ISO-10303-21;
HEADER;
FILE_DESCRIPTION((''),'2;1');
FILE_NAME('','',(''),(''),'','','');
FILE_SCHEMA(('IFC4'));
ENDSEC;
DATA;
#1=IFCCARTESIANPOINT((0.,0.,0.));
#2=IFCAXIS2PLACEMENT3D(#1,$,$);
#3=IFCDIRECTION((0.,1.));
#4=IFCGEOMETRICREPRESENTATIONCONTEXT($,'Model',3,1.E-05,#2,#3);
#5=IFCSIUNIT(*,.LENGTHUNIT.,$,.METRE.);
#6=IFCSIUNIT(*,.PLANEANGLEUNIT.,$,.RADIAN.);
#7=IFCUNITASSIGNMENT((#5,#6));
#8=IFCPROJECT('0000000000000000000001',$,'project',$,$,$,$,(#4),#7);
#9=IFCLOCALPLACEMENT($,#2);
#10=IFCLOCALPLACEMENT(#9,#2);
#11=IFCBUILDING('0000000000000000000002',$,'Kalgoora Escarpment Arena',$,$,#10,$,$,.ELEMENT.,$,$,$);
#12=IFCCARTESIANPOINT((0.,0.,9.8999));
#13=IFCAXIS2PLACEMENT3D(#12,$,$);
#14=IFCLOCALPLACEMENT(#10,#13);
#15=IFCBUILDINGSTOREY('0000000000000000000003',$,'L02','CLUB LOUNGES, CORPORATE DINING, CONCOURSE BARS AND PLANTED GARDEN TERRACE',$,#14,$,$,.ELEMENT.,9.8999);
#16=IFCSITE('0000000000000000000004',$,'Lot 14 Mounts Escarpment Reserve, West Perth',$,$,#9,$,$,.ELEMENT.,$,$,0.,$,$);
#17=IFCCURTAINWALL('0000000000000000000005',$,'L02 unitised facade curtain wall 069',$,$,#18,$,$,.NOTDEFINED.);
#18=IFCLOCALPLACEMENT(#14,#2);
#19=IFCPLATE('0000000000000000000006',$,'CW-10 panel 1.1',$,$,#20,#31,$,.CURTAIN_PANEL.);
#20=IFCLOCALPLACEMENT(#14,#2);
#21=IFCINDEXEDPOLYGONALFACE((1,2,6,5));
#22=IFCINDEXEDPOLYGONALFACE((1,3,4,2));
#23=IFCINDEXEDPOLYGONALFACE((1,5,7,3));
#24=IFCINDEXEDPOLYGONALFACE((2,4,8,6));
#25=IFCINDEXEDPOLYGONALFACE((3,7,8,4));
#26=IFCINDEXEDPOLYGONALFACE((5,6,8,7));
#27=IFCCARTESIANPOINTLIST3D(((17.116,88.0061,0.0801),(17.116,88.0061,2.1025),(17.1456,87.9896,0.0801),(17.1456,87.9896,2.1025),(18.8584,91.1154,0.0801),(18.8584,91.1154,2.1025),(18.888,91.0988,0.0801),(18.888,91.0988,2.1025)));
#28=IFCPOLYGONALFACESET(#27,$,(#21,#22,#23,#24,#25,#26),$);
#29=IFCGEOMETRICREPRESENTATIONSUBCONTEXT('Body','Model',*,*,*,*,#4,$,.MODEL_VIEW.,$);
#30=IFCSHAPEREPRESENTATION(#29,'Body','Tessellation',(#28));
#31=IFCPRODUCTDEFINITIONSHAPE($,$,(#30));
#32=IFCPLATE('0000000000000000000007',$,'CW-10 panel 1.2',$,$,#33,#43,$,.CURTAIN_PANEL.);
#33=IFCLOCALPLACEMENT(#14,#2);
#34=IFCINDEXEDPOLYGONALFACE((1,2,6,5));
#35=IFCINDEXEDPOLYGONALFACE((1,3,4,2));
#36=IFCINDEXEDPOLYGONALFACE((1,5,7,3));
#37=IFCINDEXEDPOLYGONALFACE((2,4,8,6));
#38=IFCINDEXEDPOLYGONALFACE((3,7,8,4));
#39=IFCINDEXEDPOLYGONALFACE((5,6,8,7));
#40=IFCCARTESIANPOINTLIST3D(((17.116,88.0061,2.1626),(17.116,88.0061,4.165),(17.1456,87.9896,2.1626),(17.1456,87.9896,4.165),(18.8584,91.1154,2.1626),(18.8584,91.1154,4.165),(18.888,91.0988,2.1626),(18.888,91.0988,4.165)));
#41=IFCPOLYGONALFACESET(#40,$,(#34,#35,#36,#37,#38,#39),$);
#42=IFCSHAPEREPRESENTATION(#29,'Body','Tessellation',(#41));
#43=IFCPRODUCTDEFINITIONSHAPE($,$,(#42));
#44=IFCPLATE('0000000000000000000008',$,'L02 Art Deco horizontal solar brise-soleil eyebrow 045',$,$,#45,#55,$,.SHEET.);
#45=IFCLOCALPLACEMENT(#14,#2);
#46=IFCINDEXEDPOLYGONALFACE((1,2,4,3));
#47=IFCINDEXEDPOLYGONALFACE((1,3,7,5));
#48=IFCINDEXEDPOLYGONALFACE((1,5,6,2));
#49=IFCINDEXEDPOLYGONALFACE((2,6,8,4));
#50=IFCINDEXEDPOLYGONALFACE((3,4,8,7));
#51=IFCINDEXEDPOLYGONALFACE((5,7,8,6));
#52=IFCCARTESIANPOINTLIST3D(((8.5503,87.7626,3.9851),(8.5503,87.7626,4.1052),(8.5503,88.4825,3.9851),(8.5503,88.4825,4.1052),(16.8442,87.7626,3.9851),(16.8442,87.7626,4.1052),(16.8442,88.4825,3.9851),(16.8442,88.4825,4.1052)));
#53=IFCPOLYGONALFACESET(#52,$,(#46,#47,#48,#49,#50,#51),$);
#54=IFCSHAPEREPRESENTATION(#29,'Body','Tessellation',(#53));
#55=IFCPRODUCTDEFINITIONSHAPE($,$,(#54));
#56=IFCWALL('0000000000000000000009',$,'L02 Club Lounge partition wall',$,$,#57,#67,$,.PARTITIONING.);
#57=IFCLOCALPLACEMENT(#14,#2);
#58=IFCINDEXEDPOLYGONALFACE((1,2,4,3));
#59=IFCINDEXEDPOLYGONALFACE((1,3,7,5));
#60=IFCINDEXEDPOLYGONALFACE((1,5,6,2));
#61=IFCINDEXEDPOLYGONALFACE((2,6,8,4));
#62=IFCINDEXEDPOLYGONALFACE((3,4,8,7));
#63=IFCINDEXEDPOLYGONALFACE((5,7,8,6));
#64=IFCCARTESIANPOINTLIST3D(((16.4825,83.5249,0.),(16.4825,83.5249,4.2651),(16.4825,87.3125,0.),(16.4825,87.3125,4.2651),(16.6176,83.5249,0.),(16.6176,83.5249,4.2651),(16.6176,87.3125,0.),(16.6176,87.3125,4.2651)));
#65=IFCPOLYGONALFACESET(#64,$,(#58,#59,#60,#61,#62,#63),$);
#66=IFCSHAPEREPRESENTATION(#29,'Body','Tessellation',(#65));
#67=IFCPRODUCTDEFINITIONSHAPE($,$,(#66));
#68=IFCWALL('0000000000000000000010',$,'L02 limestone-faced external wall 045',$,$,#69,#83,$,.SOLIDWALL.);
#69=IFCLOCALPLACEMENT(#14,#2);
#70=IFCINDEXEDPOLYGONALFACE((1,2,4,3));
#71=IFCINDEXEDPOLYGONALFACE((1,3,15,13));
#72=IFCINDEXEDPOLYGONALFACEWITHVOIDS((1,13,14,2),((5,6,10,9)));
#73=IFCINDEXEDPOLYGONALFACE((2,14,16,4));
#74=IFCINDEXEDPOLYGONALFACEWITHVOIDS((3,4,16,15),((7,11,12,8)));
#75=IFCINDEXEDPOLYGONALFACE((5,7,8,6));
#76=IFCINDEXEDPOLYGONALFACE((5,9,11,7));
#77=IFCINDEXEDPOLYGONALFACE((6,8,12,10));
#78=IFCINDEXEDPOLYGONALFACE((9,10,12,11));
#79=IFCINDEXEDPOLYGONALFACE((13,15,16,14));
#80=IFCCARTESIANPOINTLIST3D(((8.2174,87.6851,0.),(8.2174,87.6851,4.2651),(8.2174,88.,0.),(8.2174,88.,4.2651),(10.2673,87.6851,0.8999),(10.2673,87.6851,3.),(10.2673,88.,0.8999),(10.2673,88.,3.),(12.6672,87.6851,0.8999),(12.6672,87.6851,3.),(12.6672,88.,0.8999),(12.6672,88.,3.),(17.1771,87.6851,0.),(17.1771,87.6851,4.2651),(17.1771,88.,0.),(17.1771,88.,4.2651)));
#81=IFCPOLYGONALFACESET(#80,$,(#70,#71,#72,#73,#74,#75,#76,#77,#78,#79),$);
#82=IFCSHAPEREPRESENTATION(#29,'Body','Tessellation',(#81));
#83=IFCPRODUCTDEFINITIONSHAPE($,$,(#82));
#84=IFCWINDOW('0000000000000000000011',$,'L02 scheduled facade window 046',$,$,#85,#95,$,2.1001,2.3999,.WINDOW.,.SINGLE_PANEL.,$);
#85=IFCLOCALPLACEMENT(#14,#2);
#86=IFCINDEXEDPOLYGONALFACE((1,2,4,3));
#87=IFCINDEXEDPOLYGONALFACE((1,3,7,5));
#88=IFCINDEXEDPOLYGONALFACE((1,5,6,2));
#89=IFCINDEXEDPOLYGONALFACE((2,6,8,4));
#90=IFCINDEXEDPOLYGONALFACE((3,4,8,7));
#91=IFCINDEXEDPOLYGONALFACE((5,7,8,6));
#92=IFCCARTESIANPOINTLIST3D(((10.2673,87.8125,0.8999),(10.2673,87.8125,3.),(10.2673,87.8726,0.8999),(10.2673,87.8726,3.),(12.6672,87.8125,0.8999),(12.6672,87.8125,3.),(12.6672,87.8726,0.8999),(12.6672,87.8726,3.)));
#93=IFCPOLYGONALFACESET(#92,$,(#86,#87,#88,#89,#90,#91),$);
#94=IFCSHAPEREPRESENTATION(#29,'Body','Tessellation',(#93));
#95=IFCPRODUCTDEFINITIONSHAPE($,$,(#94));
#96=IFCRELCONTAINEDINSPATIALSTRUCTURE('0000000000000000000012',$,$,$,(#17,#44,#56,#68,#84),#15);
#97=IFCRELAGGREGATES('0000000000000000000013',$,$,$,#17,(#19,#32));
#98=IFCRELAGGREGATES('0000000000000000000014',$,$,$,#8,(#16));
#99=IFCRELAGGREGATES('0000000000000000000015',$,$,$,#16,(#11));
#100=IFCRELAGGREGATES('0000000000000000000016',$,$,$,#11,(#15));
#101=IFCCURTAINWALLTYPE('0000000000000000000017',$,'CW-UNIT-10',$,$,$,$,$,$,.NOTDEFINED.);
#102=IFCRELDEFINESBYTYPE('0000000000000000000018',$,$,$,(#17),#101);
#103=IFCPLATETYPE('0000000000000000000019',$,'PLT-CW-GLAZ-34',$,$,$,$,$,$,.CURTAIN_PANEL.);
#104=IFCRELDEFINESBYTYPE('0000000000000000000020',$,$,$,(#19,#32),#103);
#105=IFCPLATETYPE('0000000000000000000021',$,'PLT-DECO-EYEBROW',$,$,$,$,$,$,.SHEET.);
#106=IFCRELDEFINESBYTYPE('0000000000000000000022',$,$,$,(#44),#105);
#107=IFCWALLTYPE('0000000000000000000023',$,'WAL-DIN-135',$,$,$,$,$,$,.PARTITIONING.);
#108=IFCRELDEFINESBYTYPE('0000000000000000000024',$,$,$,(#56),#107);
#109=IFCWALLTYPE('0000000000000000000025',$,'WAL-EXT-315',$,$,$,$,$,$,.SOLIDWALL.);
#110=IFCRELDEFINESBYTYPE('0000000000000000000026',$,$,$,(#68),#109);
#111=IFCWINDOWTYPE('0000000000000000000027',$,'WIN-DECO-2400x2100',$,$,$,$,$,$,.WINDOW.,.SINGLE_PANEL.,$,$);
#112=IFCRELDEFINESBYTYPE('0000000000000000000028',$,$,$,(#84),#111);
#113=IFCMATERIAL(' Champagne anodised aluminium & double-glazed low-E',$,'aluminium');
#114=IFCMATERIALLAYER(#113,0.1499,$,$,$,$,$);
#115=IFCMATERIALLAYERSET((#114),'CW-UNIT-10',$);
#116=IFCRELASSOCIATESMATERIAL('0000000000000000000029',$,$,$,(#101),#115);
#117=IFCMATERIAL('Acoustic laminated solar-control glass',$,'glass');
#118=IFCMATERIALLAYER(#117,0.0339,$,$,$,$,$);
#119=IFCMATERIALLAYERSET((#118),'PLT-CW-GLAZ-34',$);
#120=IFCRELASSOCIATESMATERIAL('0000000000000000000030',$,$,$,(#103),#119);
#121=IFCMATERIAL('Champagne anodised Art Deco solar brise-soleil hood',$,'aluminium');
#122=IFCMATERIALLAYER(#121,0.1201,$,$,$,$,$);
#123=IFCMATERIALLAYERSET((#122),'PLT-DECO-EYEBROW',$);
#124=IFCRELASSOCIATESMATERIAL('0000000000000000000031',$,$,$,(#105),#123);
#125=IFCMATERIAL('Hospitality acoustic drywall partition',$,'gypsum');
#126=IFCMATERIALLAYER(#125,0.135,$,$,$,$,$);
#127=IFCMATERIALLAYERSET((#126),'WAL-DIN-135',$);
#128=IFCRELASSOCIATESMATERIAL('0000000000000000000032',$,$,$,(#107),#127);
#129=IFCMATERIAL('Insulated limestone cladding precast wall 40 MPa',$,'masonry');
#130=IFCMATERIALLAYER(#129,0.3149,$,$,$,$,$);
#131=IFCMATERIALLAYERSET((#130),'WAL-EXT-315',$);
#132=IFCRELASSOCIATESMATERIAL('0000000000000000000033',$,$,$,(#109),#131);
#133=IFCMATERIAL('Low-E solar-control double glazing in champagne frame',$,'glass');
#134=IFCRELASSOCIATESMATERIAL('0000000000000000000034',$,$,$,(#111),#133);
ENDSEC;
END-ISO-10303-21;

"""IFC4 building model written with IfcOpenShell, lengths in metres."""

from ifc_helpers import new_model, si_unit, direction, frame, frame_2d, origin, origin_2d, place, context, subcontext, project, spatial, rectangle, extrude, material, layer, layer_set, type_object, element, fill, aggregate, save


model = new_model("IFC4")

# Units and contexts
model_context = context("Model", 3, precision=1e-05, world=origin(), true_north=direction((0.0, 1.0)))
body_context = subcontext(model_context, "Body", "Model", "MODEL_VIEW")
ifc_project = project(units=[si_unit("LENGTHUNIT", "METRE"), si_unit("PLANEANGLEUNIT", "RADIAN")], contexts=[model_context])

# Site, building, storey
site_placement = place(None, origin())
site = spatial("IfcSite", under=ifc_project, at=site_placement, Name="Lot 14 Mounts Escarpment Reserve, West Perth", CompositionType="ELEMENT", RefElevation=0.0)
building_placement = place(site_placement, origin())
building = spatial("IfcBuilding", under=site, at=building_placement, Name="Kalgoora Escarpment Arena", CompositionType="ELEMENT")
storey_placement = place(building_placement, frame((0.0, 0.0, 9.8999)))
storey = spatial("IfcBuildingStorey", under=building, at=storey_placement, Name="L02", Description="CLUB LOUNGES, CORPORATE DINING, CONCOURSE BARS AND PLANTED GARDEN TERRACE", CompositionType="ELEMENT", Elevation=9.8999)

# Curtain wall
ifc_material_1 = material(Name=" Champagne anodised aluminium & double-glazed low-E", Category="aluminium")
ifc_layer_1 = layer(ifc_material_1, 0.1499)
ifc_layer_set_1 = layer_set([ifc_layer_1], Name="CW-UNIT-10")
curtain_wall_type_1 = type_object("IfcCurtainWallType", Name="CW-UNIT-10", PredefinedType="NOTDEFINED", material=ifc_layer_set_1)
curtain_wall_1_placement = place(storey_placement, origin())
curtain_wall_1 = element("IfcCurtainWall", 1, at=curtain_wall_1_placement, inside=storey, type_object=curtain_wall_type_1, Name="L02 unitised facade curtain wall 069", PredefinedType="NOTDEFINED")

# Plates
ifc_material_2 = material(Name="Acoustic laminated solar-control glass", Category="glass")
ifc_layer_2 = layer(ifc_material_2, 0.0339)
ifc_layer_set_2 = layer_set([ifc_layer_2], Name="PLT-CW-GLAZ-34")
plate_type_1 = type_object("IfcPlateType", Name="PLT-CW-GLAZ-34", PredefinedType="CURTAIN_PANEL", material=ifc_layer_set_2)
plate_1_placement = place(storey_placement, frame((18.002, 89.5525, 0.0801), z_axis=(0.0, 0.0, 1.0), x_axis=(0.48886, 0.872362, 0.0)))
plate_1 = element("IfcPlate", 2, at=plate_1_placement, type_object=plate_type_1, Name="CW-10 panel 1.1", PredefinedType="CURTAIN_PANEL", context=body_context, shape_type="SweptSolid", body=[
    extrude(rectangle(XDim=3.5642, YDim=0.0339, at=origin_2d()), origin(), (0.0, 0.0, 1.0), 2.0225),
])
plate_2_placement = place(storey_placement, frame((18.002, 89.5525, 2.1626), z_axis=(0.0, 0.0, 1.0), x_axis=(0.48886, 0.872362, 0.0)))
plate_2 = element("IfcPlate", 3, at=plate_2_placement, type_object=plate_type_1, Name="CW-10 panel 1.2", PredefinedType="CURTAIN_PANEL", context=body_context, shape_type="SweptSolid", body=[
    extrude(rectangle(XDim=3.5642, YDim=0.0339, at=origin_2d()), origin(), (0.0, 0.0, 1.0), 2.0024),
])
aggregate(curtain_wall_1, [plate_1, plate_2])
ifc_material_3 = material(Name="Champagne anodised Art Deco solar brise-soleil hood", Category="aluminium")
ifc_layer_3 = layer(ifc_material_3, 0.1201)
ifc_layer_set_3 = layer_set([ifc_layer_3], Name="PLT-DECO-EYEBROW")
plate_type_2 = type_object("IfcPlateType", Name="PLT-DECO-EYEBROW", PredefinedType="SHEET", material=ifc_layer_set_3)
plate_3_placement = place(storey_placement, frame((12.6973, 88.1226, 3.9851), z_axis=(0.0, 0.0, 1.0), x_axis=(1.0, 0.0, 0.0)))
element("IfcPlate", 4, at=plate_3_placement, inside=storey, type_object=plate_type_2, Name="L02 Art Deco horizontal solar brise-soleil eyebrow 045", PredefinedType="SHEET", context=body_context, shape_type="SweptSolid", body=[
    extrude(rectangle(XDim=8.2939, YDim=0.72, at=origin_2d()), origin(), (0.0, 0.0, 1.0), 0.1201),
])

# Wall
ifc_material_4 = material(Name="Hospitality acoustic drywall partition", Category="gypsum")
ifc_layer_4 = layer(ifc_material_4, 0.135)
ifc_layer_set_4 = layer_set([ifc_layer_4], Name="WAL-DIN-135")
wall_type_1 = type_object("IfcWallType", Name="WAL-DIN-135", PredefinedType="PARTITIONING", material=ifc_layer_set_4)
wall_1_placement = place(storey_placement, frame((16.55, 87.3125, 0.0), z_axis=(0.0, 0.0, 1.0), x_axis=(0.0, -1.0, 0.0)))
element("IfcWall", 5, at=wall_1_placement, inside=storey, type_object=wall_type_1, Name="L02 Club Lounge partition wall", PredefinedType="PARTITIONING", context=body_context, shape_type="SweptSolid", body=[
    extrude(rectangle(XDim=3.7876, YDim=0.135, at=frame_2d((1.8938, 0.0))), origin(), (0.0, 0.0, 1.0), 4.2651),
])

# Wall, opening, window
ifc_material_5 = material(Name="Insulated limestone cladding precast wall 40 MPa", Category="masonry")
ifc_layer_5 = layer(ifc_material_5, 0.3149)
ifc_layer_set_5 = layer_set([ifc_layer_5], Name="WAL-EXT-315")
wall_type_2 = type_object("IfcWallType", Name="WAL-EXT-315", PredefinedType="SOLIDWALL", material=ifc_layer_set_5)
wall_2_placement = place(storey_placement, frame((8.2173, 87.8425, 0.0), z_axis=(0.0, 0.0, 1.0), x_axis=(1.0, 0.0, 0.0)))
wall_2 = element("IfcWall", 6, at=wall_2_placement, inside=storey, type_object=wall_type_2, Name="L02 limestone-faced external wall 045", PredefinedType="SOLIDWALL", context=body_context, shape_type="SweptSolid", body=[
    extrude(rectangle(XDim=8.9597, YDim=0.3149, at=frame_2d((4.48, 0.0))), origin(), (0.0, 0.0, 1.0), 4.2651),
])
opening_placement = place(wall_2_placement, frame((2.05, 0.0, 0.8999)))
opening = element("IfcOpeningElement", 7, at=opening_placement, cuts=wall_2, PredefinedType="OPENING", context=body_context, shape_type="SweptSolid", body=[
    extrude(rectangle(XDim=2.3999, YDim=2.1001, at=frame_2d((1.2, 1.05))), frame((0.0, 0.1675, 0.0), z_axis=(0.0, -1.0, 0.0), x_axis=(1.0, 0.0, 0.0)), (0.0, 0.0, 1.0), 0.335),
])
ifc_material_6 = material(Name="Low-E solar-control double glazing in champagne frame", Category="glass")
window_type = type_object("IfcWindowType", Name="WIN-DECO-2400x2100", PartitioningType="SINGLE_PANEL", PredefinedType="WINDOW", material=ifc_material_6)
window_placement = place(opening_placement, origin())
window = element("IfcWindow", 8, at=window_placement, inside=storey, type_object=window_type, Name="L02 scheduled facade window 046", OverallHeight=2.1001, OverallWidth=2.3999, PartitioningType="SINGLE_PANEL", PredefinedType="WINDOW", context=body_context, shape_type="SweptSolid", body=[
    extrude(rectangle(XDim=2.3999, YDim=2.1001, at=frame_2d((1.2, 1.05))), frame((0.0, 0.03, 0.0), z_axis=(0.0, -1.0, 0.0), x_axis=(1.0, 0.0, 0.0)), (0.0, 0.0, 1.0), 0.0601),
])
fill(opening, window)

save(model, "model.ifc")
